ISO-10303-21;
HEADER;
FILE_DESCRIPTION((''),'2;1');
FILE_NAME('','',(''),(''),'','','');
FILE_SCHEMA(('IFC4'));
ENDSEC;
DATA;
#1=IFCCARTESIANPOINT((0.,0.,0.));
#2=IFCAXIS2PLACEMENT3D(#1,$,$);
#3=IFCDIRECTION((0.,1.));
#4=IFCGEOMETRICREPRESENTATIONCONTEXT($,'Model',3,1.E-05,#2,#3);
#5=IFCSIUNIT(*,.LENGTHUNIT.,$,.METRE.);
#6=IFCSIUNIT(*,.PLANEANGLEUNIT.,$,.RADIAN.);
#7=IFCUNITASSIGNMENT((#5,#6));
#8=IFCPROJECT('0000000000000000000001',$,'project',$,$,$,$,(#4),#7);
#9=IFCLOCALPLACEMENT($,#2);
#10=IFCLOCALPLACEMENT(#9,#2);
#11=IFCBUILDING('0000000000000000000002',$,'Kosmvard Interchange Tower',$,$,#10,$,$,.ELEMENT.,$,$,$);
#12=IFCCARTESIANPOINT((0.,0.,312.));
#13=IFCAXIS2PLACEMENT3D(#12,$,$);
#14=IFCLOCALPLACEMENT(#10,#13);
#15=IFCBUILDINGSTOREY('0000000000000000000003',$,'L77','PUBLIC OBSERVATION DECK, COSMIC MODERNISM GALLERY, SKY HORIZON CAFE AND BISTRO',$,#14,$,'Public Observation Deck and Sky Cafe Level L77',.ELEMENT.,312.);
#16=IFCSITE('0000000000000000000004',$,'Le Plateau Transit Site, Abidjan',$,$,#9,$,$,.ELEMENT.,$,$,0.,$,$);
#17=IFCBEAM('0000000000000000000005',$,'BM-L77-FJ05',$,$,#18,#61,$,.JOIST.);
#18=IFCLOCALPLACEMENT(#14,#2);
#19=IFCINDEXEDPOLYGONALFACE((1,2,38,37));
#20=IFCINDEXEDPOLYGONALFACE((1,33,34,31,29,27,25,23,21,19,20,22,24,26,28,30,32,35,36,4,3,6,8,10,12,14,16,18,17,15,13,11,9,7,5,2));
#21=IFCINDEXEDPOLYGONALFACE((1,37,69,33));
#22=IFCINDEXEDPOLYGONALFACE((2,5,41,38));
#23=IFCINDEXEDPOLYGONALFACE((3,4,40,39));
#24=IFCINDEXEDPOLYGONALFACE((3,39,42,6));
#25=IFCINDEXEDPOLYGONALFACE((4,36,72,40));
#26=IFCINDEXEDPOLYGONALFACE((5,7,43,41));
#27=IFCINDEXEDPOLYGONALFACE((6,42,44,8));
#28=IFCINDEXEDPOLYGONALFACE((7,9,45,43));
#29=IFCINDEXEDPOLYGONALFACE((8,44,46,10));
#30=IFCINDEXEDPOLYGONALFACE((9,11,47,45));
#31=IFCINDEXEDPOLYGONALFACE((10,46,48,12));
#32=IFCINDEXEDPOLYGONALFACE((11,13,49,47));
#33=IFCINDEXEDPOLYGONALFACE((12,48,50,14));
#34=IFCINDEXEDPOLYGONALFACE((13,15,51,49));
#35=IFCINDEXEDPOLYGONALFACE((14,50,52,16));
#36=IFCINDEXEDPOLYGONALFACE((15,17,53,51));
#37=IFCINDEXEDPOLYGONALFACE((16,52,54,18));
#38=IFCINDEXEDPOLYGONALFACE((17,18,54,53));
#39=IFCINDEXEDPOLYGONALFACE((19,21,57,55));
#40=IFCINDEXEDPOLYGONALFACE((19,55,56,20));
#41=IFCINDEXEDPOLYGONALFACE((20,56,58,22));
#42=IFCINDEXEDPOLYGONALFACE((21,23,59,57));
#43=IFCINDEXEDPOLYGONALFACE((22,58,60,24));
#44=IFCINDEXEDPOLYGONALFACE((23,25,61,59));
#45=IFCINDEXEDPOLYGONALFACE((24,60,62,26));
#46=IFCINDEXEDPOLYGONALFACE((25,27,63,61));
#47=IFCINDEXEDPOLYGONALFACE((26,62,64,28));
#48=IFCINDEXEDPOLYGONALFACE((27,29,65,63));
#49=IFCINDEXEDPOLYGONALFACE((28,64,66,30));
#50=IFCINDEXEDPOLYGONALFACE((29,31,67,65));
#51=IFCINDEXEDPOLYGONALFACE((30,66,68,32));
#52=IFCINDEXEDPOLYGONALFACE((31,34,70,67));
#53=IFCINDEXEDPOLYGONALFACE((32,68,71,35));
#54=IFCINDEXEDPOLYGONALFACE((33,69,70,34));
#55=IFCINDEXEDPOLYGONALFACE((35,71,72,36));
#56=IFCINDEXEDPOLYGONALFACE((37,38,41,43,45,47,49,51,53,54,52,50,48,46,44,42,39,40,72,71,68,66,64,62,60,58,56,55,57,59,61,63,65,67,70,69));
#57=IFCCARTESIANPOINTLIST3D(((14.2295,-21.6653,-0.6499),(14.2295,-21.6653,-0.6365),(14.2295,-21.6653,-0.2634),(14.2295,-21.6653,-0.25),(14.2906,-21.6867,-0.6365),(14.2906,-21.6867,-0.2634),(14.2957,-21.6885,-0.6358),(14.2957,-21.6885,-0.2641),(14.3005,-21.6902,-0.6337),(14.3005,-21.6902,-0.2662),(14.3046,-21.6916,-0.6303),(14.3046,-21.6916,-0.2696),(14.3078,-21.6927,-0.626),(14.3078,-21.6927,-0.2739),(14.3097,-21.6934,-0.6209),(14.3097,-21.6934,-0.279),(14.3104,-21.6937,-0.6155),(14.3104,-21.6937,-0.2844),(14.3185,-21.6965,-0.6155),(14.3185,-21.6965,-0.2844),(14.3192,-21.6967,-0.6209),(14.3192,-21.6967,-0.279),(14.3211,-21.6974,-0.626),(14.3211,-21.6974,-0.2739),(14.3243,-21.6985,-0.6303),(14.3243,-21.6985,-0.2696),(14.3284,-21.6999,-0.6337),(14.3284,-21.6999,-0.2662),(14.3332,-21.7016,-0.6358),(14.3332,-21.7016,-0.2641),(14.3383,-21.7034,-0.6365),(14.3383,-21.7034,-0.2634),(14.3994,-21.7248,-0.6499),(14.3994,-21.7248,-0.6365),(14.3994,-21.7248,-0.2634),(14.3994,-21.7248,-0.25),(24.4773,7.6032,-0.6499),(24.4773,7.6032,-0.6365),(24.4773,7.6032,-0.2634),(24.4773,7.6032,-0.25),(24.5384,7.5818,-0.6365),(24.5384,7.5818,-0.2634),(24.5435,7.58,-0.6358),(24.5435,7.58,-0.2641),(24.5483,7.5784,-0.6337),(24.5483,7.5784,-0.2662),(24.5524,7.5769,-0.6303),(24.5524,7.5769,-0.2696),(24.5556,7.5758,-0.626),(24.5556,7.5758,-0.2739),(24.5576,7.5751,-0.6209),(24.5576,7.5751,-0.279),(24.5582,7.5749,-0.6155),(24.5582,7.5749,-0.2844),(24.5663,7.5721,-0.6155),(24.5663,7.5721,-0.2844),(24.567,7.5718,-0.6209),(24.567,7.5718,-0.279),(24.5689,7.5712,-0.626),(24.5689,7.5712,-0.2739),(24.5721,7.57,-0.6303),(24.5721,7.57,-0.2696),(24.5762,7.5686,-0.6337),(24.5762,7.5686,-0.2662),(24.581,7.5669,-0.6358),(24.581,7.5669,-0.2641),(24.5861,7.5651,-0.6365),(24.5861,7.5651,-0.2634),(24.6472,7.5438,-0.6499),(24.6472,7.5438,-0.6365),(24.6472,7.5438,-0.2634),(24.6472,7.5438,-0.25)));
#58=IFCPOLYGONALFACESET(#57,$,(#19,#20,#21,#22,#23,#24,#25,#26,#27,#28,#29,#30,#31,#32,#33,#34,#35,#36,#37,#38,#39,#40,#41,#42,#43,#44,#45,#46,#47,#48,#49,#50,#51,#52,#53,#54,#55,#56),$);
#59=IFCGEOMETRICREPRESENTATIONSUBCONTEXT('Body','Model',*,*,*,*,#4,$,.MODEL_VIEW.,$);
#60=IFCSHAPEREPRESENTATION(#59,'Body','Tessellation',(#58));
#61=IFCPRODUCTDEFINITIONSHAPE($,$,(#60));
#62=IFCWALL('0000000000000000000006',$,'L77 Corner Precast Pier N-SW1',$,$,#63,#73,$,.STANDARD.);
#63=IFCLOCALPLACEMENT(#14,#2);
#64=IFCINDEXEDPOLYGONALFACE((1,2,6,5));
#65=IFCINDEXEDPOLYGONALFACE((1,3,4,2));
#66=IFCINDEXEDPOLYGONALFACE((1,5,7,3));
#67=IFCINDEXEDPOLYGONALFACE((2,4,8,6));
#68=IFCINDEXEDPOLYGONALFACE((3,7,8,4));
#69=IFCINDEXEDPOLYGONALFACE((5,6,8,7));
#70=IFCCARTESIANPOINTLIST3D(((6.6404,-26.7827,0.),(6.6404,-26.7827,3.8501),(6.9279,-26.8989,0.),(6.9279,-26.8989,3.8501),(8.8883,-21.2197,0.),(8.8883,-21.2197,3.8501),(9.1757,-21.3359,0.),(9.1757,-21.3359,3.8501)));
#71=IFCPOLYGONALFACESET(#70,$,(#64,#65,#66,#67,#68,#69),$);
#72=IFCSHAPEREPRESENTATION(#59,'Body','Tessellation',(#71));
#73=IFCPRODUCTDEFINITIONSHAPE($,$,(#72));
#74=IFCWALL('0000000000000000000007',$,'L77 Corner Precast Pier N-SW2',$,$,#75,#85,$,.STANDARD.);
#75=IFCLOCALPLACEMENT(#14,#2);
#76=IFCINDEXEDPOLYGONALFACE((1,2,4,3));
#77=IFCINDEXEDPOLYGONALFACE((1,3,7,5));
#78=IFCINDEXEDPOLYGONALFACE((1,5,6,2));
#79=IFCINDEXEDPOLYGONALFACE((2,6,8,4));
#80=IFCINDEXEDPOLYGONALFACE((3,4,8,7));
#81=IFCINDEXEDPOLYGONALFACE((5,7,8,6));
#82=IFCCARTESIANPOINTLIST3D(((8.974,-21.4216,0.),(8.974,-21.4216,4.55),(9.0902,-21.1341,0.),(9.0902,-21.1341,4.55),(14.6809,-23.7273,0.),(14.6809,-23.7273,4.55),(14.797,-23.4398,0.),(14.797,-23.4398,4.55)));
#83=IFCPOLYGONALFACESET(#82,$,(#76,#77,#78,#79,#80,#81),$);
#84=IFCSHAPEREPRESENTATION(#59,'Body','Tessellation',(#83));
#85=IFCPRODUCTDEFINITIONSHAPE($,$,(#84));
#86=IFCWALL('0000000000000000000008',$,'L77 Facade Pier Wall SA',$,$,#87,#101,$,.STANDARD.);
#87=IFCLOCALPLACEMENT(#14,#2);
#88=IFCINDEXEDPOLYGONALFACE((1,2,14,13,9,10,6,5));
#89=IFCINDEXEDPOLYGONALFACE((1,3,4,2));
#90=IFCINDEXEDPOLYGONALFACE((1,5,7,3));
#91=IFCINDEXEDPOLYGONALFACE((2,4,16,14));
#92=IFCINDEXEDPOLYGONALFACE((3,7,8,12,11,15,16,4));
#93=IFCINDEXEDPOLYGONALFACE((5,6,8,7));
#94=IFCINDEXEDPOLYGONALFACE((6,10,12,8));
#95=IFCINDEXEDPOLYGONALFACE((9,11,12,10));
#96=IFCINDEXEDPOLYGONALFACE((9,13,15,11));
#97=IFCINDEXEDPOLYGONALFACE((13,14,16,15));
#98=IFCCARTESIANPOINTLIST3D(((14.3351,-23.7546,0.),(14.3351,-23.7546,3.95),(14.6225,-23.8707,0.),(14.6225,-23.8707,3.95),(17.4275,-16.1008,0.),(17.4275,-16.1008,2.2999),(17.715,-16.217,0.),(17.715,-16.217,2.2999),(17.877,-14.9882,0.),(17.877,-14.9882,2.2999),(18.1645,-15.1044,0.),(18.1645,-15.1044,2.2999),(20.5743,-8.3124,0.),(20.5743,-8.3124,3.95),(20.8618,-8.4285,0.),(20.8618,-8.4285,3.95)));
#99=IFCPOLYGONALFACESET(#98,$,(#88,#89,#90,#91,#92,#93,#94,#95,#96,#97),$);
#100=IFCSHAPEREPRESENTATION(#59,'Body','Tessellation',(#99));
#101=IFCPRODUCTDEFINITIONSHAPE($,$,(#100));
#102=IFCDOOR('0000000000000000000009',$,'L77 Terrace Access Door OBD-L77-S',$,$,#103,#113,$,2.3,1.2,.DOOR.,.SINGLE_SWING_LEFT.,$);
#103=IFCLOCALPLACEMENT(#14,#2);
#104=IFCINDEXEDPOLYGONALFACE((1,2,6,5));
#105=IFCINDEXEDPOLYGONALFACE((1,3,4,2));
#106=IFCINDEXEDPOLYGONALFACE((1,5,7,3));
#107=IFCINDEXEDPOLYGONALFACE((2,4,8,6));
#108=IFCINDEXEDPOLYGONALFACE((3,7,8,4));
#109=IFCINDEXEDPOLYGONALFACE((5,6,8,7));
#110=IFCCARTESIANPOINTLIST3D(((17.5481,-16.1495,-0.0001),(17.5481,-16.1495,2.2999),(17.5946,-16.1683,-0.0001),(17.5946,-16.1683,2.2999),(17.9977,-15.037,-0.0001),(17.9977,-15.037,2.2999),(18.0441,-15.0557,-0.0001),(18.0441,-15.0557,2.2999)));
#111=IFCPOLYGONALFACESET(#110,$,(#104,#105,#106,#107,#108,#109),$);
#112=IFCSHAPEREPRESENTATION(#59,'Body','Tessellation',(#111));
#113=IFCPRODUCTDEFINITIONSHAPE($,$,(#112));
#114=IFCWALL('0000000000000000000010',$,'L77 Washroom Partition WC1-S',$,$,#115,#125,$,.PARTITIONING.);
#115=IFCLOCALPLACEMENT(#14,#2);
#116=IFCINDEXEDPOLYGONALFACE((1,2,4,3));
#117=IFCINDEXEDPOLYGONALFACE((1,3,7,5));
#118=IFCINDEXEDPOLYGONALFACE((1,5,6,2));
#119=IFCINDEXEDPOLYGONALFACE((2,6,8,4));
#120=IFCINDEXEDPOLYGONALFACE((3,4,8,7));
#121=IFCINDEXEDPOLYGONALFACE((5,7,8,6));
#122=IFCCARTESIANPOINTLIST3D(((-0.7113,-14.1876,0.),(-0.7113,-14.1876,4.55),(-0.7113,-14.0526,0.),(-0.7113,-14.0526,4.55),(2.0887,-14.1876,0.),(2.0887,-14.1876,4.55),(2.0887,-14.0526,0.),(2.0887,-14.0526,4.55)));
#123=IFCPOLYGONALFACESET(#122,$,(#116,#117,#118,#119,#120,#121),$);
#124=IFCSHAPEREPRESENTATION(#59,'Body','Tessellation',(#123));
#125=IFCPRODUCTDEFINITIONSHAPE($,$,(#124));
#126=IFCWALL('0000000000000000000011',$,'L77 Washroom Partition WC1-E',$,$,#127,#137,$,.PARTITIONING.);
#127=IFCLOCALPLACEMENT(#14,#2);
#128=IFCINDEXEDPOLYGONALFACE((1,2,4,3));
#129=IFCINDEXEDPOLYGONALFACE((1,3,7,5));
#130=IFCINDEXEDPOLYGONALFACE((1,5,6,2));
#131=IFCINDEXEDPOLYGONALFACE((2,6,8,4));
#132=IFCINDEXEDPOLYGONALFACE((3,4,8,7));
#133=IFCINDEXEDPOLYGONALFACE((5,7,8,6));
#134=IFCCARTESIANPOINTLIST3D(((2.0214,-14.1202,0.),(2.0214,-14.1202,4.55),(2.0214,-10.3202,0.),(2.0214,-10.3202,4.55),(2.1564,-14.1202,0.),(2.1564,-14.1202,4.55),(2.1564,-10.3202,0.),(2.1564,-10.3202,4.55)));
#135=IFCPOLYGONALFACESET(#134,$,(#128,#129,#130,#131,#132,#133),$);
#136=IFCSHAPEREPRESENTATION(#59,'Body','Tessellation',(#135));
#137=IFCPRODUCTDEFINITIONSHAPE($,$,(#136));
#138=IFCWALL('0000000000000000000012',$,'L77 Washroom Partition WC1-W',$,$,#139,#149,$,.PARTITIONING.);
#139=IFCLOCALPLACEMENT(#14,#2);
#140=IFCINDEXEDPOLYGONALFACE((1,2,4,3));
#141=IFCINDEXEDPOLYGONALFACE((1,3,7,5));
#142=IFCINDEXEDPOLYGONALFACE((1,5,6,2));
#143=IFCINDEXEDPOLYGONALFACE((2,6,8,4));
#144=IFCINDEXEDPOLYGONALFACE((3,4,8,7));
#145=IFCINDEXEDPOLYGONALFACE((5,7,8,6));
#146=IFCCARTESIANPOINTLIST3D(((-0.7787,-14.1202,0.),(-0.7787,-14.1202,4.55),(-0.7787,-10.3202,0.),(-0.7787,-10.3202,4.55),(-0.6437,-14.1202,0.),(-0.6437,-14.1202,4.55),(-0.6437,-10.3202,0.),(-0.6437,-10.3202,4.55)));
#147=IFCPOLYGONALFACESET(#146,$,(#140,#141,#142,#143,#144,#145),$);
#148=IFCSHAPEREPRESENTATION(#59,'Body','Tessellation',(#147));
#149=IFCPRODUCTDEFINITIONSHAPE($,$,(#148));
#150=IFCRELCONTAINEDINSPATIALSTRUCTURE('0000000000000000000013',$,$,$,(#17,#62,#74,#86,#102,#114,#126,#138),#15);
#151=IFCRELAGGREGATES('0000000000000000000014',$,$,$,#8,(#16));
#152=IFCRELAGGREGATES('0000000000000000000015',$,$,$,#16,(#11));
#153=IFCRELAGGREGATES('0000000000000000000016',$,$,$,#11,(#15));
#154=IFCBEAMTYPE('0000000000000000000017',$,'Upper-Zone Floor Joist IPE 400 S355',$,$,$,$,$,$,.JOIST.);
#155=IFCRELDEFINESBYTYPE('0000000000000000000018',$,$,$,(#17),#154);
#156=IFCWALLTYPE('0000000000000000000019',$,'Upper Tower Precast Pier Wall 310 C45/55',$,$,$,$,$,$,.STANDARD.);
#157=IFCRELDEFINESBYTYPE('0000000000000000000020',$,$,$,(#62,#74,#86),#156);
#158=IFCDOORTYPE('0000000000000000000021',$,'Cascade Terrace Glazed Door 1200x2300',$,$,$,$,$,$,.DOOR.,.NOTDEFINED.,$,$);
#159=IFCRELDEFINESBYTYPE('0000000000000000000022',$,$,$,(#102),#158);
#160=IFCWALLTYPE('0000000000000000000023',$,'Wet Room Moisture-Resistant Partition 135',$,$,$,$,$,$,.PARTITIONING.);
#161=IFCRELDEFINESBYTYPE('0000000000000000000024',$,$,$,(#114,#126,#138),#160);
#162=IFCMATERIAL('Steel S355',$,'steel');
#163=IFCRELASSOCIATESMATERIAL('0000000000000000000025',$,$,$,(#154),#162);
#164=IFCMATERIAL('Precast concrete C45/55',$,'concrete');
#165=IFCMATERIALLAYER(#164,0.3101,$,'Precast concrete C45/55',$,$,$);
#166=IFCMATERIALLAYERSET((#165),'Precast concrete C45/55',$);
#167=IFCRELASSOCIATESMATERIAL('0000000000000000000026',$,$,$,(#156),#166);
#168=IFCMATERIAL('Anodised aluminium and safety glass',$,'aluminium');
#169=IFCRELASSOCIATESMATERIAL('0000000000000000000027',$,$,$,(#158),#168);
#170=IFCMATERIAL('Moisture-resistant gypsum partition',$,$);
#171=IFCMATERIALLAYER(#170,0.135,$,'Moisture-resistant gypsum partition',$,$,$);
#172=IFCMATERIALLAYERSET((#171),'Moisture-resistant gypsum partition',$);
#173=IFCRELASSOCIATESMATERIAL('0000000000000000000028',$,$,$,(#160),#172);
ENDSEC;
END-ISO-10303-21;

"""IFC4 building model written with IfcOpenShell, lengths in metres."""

from ifc_helpers import new_model, si_unit, direction, frame, frame_2d, origin, origin_2d, place, context, subcontext, project, spatial, rectangle, i_section, extrude, source, transform, mapped, material, layer, layer_set, material_profile, profile_set, type_object, element, fill, save


model = new_model("IFC4")

# Units and contexts
model_context = context("Model", 3, precision=1e-05, world=origin(), true_north=direction((0.0, 1.0)))
body_context = subcontext(model_context, "Body", "Model", "MODEL_VIEW")
ifc_project = project(units=[si_unit("LENGTHUNIT", "METRE"), si_unit("PLANEANGLEUNIT", "RADIAN")], contexts=[model_context])

# Site, building, storey
site_placement = place(None, origin())
site = spatial("IfcSite", under=ifc_project, at=site_placement, Name="Le Plateau Transit Site, Abidjan", CompositionType="ELEMENT", RefElevation=0.0)
building_placement = place(site_placement, origin())
building = spatial("IfcBuilding", under=site, at=building_placement, Name="Kosmvard Interchange Tower", CompositionType="ELEMENT")
storey_placement = place(building_placement, frame((0.0, 0.0, 312.0)))
storey = spatial("IfcBuildingStorey", under=building, at=storey_placement, Name="L77", Description="PUBLIC OBSERVATION DECK, COSMIC MODERNISM GALLERY, SKY HORIZON CAFE AND BISTRO", LongName="Public Observation Deck and Sky Cafe Level L77", CompositionType="ELEMENT", Elevation=312.0)

# Beam
ifc_material_1 = material(Name="Steel S355", Category="steel")
ifc_material_2 = material(Name="Precast concrete C45/55", Category="concrete")
ifc_material_profile_1 = material_profile(ifc_material_1, i_section(OverallWidth=0.1799, OverallDepth=0.3999, WebThickness=0.0085, FlangeThickness=0.0134, FilletRadius=0.021, at=origin_2d()), Name="IPE 400")
ifc_profile_set_1 = profile_set([ifc_material_profile_1], Name="Steel S355")
beam_type_1 = type_object("IfcBeamType", Name="Upper-Zone Floor Joist IPE 400 S355", PredefinedType="JOIST", material=ifc_profile_set_1)
shared_shape_1 = source(origin(), body_context, "Body", "SweptSolid", [
    extrude(i_section(OverallWidth=0.1799, OverallDepth=0.3999, WebThickness=0.0085, FlangeThickness=0.0134, FilletRadius=0.021, at=origin_2d()), origin(), (0.0, 0.0, 1.0), 31.0107),
])
beam_1_placement = place(storey_placement, frame((14.3145, -21.6951, -0.45), z_axis=(0.33046, 0.94382, 0.0), x_axis=(-0.94382, 0.33046, 0.0)))
element("IfcBeam", 1, at=beam_1_placement, inside=storey, type_object=beam_type_1, Name="BM-L77-FJ05", PredefinedType="JOIST", context=body_context, shape_type="MappedRepresentation", body=[
    mapped(shared_shape_1, transform((0.0, 0.0, 0.0), scale=1.0)),
])

# Walls
ifc_layer_1 = layer(ifc_material_2, 0.3101, Name="Precast concrete C45/55")
ifc_layer_set_1 = layer_set([ifc_layer_1], Name="Precast concrete C45/55")
wall_type_1 = type_object("IfcWallType", Name="Upper Tower Precast Pier Wall 310 C45/55", PredefinedType="STANDARD", material=ifc_layer_set_1)
wall_1_placement = place(storey_placement, frame((6.7842, -26.8408, 0.0), z_axis=(0.0, 0.0, 1.0), x_axis=(0.374637, 0.927172, 0.0)))
element("IfcWall", 2, at=wall_1_placement, inside=storey, type_object=wall_type_1, Name="L77 Corner Precast Pier N-SW1", PredefinedType="STANDARD", context=body_context, shape_type="SweptSolid", body=[
    extrude(rectangle(XDim=6.0, YDim=0.3101, at=frame_2d((3.0, 0.0))), origin(), (0.0, 0.0, 1.0), 3.8501),
])
wall_2_placement = place(storey_placement, frame((9.032, -21.2778, 0.0), z_axis=(0.0, 0.0, 1.0), x_axis=(0.927185, -0.374603, 0.0)))
element("IfcWall", 3, at=wall_2_placement, inside=storey, type_object=wall_type_1, Name="L77 Corner Precast Pier N-SW2", PredefinedType="STANDARD", context=body_context, shape_type="SweptSolid", body=[
    extrude(rectangle(XDim=6.155, YDim=0.3101, at=frame_2d((3.0776, 0.0))), origin(), (0.0, 0.0, 1.0), 4.55),
])

# Wall, opening, door
wall_3_placement = place(storey_placement, frame((14.4788, -23.8127, 0.0), z_axis=(0.0, 0.0, 1.0), x_axis=(0.374618, 0.927179, 0.0)))
wall_3 = element("IfcWall", 4, at=wall_3_placement, inside=storey, type_object=wall_type_1, Name="L77 Facade Pier Wall SA", PredefinedType="STANDARD", context=body_context, shape_type="SweptSolid", body=[
    extrude(rectangle(XDim=16.655, YDim=0.3101, at=frame_2d((8.3276, 0.0))), origin(), (0.0, 0.0, 1.0), 3.95),
])
opening_placement = place(wall_3_placement, frame((8.2549, 0.0, 0.0)))
opening = element("IfcOpeningElement", 5, at=opening_placement, cuts=wall_3, PredefinedType="OPENING", context=body_context, shape_type="SweptSolid", body=[
    extrude(rectangle(XDim=1.2, YDim=2.3, at=frame_2d((0.6001, 1.1499))), frame((0.0, 0.165, 0.0), z_axis=(0.0, -1.0, 0.0), x_axis=(1.0, 0.0, 0.0)), (0.0, 0.0, 1.0), 0.3301),
])
ifc_material_3 = material(Name="Anodised aluminium and safety glass", Category="aluminium")
door_type = type_object("IfcDoorType", Name="Cascade Terrace Glazed Door 1200x2300", OperationType="NOTDEFINED", PredefinedType="DOOR", material=ifc_material_3)
shared_shape_2 = source(origin(), body_context, "Body", "SweptSolid", [
    extrude(rectangle(XDim=1.2, YDim=2.3, at=frame_2d((0.6001, 1.1499))), frame((0.0, 0.0249, 0.0), z_axis=(0.0, -1.0, 0.0), x_axis=(1.0, 0.0, 0.0)), (0.0, 0.0, 1.0), 0.05),
])
door_placement = place(opening_placement, origin())
door = element("IfcDoor", 6, at=door_placement, inside=storey, type_object=door_type, Name="L77 Terrace Access Door OBD-L77-S", OperationType="SINGLE_SWING_LEFT", OverallHeight=2.3, OverallWidth=1.2, PredefinedType="DOOR", context=body_context, shape_type="MappedRepresentation", body=[
    mapped(shared_shape_2, transform((0.0, 0.0, 0.0), scale=1.0)),
])
fill(opening, door)

# Walls
ifc_material_4 = material(Name="Moisture-resistant gypsum partition")
ifc_layer_2 = layer(ifc_material_4, 0.135, Name="Moisture-resistant gypsum partition")
ifc_layer_set_2 = layer_set([ifc_layer_2], Name="Moisture-resistant gypsum partition")
wall_type_2 = type_object("IfcWallType", Name="Wet Room Moisture-Resistant Partition 135", PredefinedType="PARTITIONING", material=ifc_layer_set_2)
wall_4_placement = place(storey_placement, frame((-0.7112, -14.1201, 0.0), z_axis=(0.0, 0.0, 1.0), x_axis=(1.0, 0.0, 0.0)))
element("IfcWall", 7, at=wall_4_placement, inside=storey, type_object=wall_type_2, Name="L77 Washroom Partition WC1-S", PredefinedType="PARTITIONING", context=body_context, shape_type="SweptSolid", body=[
    extrude(rectangle(XDim=2.8, YDim=0.135, at=frame_2d((1.3999, 0.0))), origin(), (0.0, 0.0, 1.0), 4.55),
])
for number, where, z_axis, x_axis, name in (
    (8, (2.0889, -14.1201, 0.0), (0.0, 0.0, 1.0), (0.0, 1.0, 0.0), "L77 Washroom Partition WC1-E"),
    (9, (-0.7112, -14.1201, 0.0), (0.0, 0.0, 1.0), (0.0, 1.0, 0.0), "L77 Washroom Partition WC1-W"),
):
    element("IfcWall", number, at=place(storey_placement, frame(where, z_axis=z_axis, x_axis=x_axis)), inside=storey, type_object=wall_type_2, Name=name, PredefinedType="PARTITIONING", context=body_context, shape_type="SweptSolid", body=[
        extrude(rectangle(XDim=3.8, YDim=0.135, at=frame_2d((1.8999, 0.0))), origin(), (0.0, 0.0, 1.0), 4.55),
    ])

save(model, "model.ifc")
